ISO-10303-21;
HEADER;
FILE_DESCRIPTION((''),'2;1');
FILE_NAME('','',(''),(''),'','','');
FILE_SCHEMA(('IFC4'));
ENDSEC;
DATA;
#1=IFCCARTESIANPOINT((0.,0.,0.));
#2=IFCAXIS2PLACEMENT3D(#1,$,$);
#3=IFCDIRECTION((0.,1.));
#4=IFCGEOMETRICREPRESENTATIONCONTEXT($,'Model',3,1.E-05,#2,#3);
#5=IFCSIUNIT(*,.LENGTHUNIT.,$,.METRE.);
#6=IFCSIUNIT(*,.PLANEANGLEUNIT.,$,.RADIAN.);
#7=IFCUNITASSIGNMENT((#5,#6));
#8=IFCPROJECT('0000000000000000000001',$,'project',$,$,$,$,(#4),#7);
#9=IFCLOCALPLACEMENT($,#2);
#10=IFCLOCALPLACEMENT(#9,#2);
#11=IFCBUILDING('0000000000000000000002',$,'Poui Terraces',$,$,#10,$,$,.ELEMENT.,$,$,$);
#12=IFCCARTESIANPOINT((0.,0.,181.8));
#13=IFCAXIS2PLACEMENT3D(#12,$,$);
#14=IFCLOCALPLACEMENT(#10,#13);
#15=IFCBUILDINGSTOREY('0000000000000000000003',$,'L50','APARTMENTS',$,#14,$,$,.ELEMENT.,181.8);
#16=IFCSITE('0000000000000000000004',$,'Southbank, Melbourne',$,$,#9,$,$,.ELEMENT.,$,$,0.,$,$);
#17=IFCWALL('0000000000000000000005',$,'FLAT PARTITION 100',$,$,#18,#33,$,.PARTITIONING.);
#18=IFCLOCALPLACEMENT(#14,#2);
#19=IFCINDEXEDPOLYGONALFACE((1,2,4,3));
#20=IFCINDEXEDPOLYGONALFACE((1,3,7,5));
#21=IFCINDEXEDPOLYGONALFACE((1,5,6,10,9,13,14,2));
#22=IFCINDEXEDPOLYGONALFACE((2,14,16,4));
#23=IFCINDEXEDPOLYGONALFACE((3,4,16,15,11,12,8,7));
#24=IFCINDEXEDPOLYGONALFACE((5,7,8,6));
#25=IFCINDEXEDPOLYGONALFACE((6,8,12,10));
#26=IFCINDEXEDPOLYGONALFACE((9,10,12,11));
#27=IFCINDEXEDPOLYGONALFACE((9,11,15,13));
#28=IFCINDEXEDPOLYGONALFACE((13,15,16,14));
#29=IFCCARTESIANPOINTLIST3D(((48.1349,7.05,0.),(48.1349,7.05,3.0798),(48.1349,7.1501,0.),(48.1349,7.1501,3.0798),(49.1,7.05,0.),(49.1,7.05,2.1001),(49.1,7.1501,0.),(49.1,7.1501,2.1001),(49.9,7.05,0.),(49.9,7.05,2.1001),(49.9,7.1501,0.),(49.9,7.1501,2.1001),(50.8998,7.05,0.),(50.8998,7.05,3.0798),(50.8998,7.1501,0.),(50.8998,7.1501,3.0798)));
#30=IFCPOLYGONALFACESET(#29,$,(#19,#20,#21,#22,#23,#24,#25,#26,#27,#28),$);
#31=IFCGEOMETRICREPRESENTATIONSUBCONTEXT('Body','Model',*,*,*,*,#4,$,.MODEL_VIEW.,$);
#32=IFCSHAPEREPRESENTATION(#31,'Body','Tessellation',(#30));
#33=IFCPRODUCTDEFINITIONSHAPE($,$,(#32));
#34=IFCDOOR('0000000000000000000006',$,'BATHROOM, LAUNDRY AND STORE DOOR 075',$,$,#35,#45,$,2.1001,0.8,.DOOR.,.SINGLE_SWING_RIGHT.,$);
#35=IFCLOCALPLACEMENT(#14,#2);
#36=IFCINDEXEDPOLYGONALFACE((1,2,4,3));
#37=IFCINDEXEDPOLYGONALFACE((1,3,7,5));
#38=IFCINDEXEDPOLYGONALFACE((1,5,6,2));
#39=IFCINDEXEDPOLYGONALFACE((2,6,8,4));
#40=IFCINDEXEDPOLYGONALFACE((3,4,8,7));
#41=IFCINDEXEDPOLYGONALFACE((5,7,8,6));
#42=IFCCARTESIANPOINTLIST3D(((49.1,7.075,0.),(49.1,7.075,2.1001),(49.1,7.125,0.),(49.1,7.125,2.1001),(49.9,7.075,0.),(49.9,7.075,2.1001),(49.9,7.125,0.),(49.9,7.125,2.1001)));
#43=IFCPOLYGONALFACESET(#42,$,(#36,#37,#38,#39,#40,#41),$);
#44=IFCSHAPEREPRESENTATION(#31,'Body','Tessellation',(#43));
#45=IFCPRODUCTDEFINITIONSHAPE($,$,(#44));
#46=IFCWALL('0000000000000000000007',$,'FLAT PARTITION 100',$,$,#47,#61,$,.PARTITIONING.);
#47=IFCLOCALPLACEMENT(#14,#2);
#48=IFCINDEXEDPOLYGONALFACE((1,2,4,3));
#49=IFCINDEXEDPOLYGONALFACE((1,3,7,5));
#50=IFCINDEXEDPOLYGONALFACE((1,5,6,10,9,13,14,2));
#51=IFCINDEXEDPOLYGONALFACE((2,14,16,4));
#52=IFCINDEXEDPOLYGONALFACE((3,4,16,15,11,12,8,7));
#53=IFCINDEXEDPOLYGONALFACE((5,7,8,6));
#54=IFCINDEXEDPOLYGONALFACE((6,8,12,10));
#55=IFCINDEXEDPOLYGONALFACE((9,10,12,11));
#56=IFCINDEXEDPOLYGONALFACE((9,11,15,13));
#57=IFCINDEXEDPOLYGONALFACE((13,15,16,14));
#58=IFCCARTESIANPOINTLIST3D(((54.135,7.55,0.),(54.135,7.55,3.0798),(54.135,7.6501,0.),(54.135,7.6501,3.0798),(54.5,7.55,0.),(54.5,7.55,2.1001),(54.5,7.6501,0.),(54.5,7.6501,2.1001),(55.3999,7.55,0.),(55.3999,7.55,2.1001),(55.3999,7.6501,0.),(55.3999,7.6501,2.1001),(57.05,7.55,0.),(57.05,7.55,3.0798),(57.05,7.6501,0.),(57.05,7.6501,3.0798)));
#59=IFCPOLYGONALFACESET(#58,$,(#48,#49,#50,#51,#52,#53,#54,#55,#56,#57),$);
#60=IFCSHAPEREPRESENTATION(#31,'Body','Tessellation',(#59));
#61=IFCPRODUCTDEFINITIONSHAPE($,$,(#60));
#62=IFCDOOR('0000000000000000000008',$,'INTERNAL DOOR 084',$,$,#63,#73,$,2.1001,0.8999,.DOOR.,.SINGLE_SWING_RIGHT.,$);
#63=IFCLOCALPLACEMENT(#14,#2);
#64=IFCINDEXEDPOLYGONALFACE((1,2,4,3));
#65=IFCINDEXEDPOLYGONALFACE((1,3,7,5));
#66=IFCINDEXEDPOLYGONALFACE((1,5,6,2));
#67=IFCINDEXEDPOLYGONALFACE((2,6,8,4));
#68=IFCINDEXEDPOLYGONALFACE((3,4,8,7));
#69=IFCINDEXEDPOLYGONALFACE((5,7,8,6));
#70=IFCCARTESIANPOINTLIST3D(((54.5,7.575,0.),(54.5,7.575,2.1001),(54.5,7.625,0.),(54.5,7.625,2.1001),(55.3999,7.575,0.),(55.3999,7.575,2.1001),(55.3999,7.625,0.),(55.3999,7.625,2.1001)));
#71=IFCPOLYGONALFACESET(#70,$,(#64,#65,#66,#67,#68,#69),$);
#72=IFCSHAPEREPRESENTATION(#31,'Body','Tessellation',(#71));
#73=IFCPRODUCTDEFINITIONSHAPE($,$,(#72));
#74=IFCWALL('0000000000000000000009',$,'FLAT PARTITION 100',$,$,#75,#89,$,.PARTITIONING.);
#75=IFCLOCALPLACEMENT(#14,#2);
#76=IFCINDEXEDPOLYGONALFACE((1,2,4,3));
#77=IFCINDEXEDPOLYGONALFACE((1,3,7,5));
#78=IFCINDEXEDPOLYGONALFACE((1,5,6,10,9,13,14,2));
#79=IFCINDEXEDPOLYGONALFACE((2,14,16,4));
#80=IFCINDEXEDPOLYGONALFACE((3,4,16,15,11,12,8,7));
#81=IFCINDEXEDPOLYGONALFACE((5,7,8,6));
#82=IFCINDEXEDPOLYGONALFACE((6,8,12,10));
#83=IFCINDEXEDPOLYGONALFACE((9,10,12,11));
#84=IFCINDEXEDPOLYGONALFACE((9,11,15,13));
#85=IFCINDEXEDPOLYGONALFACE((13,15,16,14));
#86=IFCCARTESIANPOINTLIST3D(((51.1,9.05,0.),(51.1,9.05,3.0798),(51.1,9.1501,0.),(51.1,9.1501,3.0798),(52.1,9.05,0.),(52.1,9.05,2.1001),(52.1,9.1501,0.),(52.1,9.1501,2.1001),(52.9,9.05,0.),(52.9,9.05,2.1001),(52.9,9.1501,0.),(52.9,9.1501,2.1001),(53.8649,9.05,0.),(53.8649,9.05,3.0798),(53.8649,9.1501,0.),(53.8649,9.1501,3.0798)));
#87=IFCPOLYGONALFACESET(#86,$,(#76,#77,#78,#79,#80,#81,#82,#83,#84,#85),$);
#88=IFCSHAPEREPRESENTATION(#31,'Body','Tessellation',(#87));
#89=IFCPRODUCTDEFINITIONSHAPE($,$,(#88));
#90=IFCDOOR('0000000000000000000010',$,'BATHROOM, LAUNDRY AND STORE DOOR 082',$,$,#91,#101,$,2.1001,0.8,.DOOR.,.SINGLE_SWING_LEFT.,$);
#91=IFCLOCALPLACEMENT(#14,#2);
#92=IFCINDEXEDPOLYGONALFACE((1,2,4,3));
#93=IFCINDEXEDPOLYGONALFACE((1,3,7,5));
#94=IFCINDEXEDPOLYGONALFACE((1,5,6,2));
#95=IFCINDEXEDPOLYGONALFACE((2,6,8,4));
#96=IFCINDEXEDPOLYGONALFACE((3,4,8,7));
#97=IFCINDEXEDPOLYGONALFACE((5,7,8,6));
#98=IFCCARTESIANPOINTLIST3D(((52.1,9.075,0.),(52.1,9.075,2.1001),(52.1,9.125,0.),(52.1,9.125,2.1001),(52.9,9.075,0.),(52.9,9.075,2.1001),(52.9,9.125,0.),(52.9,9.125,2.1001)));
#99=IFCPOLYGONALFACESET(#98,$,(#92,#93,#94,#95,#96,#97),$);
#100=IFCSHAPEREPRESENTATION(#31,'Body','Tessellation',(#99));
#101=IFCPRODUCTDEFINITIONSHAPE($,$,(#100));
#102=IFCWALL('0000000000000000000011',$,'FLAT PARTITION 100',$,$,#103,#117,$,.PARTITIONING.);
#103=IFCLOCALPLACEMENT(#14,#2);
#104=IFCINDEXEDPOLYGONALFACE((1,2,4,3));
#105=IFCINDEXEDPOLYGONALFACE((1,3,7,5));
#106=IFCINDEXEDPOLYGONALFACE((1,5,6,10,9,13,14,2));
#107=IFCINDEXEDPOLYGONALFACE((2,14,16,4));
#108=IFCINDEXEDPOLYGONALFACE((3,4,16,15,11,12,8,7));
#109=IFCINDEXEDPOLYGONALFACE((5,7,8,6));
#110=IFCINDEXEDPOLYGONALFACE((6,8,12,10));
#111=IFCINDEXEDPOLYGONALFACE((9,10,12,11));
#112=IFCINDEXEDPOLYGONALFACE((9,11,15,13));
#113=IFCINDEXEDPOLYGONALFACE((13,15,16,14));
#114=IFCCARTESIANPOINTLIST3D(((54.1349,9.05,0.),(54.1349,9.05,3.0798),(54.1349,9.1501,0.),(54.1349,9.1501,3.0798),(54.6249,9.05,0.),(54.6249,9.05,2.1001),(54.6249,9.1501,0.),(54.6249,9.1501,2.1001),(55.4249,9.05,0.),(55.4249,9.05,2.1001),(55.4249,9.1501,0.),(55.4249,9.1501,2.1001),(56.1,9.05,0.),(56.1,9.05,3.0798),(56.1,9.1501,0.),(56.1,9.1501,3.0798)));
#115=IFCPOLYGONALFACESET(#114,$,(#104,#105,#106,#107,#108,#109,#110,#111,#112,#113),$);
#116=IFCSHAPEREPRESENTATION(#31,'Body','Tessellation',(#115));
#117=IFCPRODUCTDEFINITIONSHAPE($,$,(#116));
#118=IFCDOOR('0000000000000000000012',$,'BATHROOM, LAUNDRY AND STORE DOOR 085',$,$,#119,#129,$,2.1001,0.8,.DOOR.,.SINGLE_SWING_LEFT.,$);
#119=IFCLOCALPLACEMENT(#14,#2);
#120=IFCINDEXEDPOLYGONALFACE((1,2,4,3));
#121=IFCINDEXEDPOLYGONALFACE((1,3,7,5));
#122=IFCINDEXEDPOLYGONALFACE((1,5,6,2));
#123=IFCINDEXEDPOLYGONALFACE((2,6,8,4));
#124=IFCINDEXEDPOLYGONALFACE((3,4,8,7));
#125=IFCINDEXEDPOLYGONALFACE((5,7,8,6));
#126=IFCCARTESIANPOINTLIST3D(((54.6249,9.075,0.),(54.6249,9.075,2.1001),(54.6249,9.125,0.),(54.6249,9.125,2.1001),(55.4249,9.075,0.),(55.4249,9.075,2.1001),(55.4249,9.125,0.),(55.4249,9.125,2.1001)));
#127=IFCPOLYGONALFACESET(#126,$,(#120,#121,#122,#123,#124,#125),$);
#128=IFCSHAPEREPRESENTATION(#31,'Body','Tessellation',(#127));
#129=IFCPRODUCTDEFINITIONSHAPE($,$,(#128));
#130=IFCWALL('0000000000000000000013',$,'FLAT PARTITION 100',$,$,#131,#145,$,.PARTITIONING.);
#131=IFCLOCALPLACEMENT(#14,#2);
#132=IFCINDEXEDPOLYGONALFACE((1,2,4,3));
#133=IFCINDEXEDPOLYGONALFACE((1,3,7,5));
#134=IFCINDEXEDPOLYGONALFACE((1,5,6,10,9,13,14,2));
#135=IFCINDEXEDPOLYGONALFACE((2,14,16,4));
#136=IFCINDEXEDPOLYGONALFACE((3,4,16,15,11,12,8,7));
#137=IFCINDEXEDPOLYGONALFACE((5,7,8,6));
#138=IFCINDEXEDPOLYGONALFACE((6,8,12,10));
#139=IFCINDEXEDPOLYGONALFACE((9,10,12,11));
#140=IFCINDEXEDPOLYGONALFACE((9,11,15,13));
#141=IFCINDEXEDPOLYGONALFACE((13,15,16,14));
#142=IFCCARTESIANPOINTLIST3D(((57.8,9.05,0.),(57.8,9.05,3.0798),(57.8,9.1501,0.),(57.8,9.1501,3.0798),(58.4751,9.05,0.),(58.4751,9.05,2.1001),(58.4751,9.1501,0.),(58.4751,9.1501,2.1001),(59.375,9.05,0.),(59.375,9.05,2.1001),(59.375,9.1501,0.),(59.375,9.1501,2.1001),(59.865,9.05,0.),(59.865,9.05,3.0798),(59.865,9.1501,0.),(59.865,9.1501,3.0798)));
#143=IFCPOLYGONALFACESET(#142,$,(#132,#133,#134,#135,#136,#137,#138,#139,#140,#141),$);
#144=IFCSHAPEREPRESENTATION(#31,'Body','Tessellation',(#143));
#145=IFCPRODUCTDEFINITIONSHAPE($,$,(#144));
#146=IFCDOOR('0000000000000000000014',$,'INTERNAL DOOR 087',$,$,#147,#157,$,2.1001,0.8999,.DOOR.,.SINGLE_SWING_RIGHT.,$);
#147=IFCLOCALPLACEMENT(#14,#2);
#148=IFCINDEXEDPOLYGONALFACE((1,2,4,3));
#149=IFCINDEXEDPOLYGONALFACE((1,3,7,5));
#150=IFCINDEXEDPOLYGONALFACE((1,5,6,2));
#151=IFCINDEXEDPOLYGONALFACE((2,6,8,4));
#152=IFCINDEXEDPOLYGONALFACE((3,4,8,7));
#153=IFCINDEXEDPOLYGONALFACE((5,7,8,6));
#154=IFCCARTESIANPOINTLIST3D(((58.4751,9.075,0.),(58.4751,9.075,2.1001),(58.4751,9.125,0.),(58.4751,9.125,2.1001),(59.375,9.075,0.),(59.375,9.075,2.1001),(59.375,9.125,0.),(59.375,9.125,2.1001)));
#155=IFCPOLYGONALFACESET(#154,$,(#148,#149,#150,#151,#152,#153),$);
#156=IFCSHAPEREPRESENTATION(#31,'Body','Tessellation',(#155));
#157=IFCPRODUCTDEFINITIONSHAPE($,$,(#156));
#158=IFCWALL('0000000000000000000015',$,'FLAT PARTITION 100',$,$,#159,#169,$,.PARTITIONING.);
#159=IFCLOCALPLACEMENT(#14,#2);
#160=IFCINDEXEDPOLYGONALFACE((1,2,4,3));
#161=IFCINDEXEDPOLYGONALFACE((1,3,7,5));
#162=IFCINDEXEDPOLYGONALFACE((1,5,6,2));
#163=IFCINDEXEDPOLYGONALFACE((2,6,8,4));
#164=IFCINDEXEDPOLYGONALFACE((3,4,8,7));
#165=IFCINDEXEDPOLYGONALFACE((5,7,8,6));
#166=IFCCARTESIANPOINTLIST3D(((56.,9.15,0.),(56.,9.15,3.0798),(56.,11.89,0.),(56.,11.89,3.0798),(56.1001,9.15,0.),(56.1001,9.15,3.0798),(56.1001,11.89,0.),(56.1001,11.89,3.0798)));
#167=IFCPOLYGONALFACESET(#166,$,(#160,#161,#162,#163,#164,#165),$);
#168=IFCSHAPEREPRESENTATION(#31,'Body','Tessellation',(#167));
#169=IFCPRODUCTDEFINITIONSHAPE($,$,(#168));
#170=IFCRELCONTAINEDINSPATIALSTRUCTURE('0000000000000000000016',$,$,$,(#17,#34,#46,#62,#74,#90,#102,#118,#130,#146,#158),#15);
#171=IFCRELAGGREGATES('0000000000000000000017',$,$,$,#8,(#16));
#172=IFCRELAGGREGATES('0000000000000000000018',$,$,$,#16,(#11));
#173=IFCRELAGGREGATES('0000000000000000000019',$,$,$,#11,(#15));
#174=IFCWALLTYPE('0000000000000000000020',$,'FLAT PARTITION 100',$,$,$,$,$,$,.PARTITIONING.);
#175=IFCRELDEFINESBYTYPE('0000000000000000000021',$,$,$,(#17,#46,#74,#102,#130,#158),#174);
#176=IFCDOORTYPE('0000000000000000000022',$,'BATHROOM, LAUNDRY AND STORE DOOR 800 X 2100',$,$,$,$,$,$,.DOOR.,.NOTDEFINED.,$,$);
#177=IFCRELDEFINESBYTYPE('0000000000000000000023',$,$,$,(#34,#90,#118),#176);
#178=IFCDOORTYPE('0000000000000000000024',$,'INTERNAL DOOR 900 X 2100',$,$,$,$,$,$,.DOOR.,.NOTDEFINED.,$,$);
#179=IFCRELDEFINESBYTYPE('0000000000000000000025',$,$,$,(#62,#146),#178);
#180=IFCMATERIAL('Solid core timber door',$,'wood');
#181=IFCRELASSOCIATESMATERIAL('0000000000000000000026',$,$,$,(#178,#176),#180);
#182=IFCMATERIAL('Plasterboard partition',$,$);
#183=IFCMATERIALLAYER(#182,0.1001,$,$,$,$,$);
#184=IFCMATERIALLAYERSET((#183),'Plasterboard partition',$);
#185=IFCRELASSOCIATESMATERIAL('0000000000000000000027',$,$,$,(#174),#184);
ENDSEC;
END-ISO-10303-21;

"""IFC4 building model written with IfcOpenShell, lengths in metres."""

from ifc_helpers import new_model, si_unit, direction, frame, frame_2d, origin, place, context, subcontext, project, spatial, rectangle, extrude, material, layer, layer_set, type_object, element, fill, save


model = new_model("IFC4")

# Units and contexts
model_context = context("Model", 3, precision=1e-05, world=origin(), true_north=direction((0.0, 1.0)))
body_context = subcontext(model_context, "Body", "Model", "MODEL_VIEW")
ifc_project = project(units=[si_unit("LENGTHUNIT", "METRE"), si_unit("PLANEANGLEUNIT", "RADIAN")], contexts=[model_context])

# Site, building, storey
site_placement = place(None, origin())
site = spatial("IfcSite", under=ifc_project, at=site_placement, Name="Southbank, Melbourne", CompositionType="ELEMENT", RefElevation=0.0)
building_placement = place(site_placement, origin())
building = spatial("IfcBuilding", under=site, at=building_placement, Name="Poui Terraces", CompositionType="ELEMENT")
storey_placement = place(building_placement, frame((0.0, 0.0, 181.8)))
storey = spatial("IfcBuildingStorey", under=building, at=storey_placement, Name="L50", Description="APARTMENTS", CompositionType="ELEMENT", Elevation=181.8)

# Walls, openings, doors
ifc_material_1 = material(Name="Solid core timber door", Category="wood")
door_type_1 = type_object("IfcDoorType", Name="INTERNAL DOOR 900 X 2100", OperationType="NOTDEFINED", PredefinedType="DOOR", material=ifc_material_1)
ifc_material_2 = material(Name="Plasterboard partition")
ifc_layer_1 = layer(ifc_material_2, 0.1001)
ifc_layer_set_1 = layer_set([ifc_layer_1], Name="Plasterboard partition")
wall_type_1 = type_object("IfcWallType", Name="FLAT PARTITION 100", PredefinedType="PARTITIONING", material=ifc_layer_set_1)
wall_1_placement = place(storey_placement, frame((48.135, 7.1001, 0.0), z_axis=(0.0, 0.0, 1.0), x_axis=(1.0, 0.0, 0.0)))
wall_1 = element("IfcWall", 1, at=wall_1_placement, inside=storey, type_object=wall_type_1, Name="FLAT PARTITION 100", PredefinedType="PARTITIONING", context=body_context, shape_type="SweptSolid", body=[
    extrude(rectangle(XDim=2.7649, YDim=0.1001, at=frame_2d((1.3823, 0.0))), origin(), (0.0, 0.0, 1.0), 3.0798),
])
opening_1_placement = place(wall_1_placement, frame((0.9651, 0.0, 0.0)))
opening_1 = element("IfcOpeningElement", 2, at=opening_1_placement, cuts=wall_1, PredefinedType="OPENING", context=body_context, shape_type="SweptSolid", body=[
    extrude(rectangle(XDim=0.8, YDim=2.1001, at=frame_2d((0.3999, 1.05))), frame((0.0, 0.0601, 0.0), z_axis=(0.0, -1.0, 0.0), x_axis=(1.0, 0.0, 0.0)), (0.0, 0.0, 1.0), 0.1201),
])
door_type_2 = type_object("IfcDoorType", Name="BATHROOM, LAUNDRY AND STORE DOOR 800 X 2100", OperationType="NOTDEFINED", PredefinedType="DOOR", material=ifc_material_1)
door_1_placement = place(opening_1_placement, origin())
door_1 = element("IfcDoor", 3, at=door_1_placement, inside=storey, type_object=door_type_2, Name="BATHROOM, LAUNDRY AND STORE DOOR 075", OperationType="SINGLE_SWING_RIGHT", OverallHeight=2.1001, OverallWidth=0.8, PredefinedType="DOOR", context=body_context, shape_type="SweptSolid", body=[
    extrude(rectangle(XDim=0.8, YDim=2.1001, at=frame_2d((0.3999, 1.05))), frame((0.0, 0.0249, 0.0), z_axis=(0.0, -1.0, 0.0), x_axis=(1.0, 0.0, 0.0)), (0.0, 0.0, 1.0), 0.05),
])
fill(opening_1, door_1)
wall_2_placement = place(storey_placement, frame((54.135, 7.6001, 0.0), z_axis=(0.0, 0.0, 1.0), x_axis=(1.0, 0.0, 0.0)))
wall_2 = element("IfcWall", 4, at=wall_2_placement, inside=storey, type_object=wall_type_1, Name="FLAT PARTITION 100", PredefinedType="PARTITIONING", context=body_context, shape_type="SweptSolid", body=[
    extrude(rectangle(XDim=2.915, YDim=0.1001, at=frame_2d((1.4575, 0.0))), origin(), (0.0, 0.0, 1.0), 3.0798),
])
opening_2_placement = place(wall_2_placement, frame((0.365, 0.0, 0.0)))
opening_2 = element("IfcOpeningElement", 5, at=opening_2_placement, cuts=wall_2, PredefinedType="OPENING", context=body_context, shape_type="SweptSolid", body=[
    extrude(rectangle(XDim=0.8999, YDim=2.1001, at=frame_2d((0.45, 1.05))), frame((0.0, 0.0601, 0.0), z_axis=(0.0, -1.0, 0.0), x_axis=(1.0, 0.0, 0.0)), (0.0, 0.0, 1.0), 0.1201),
])
door_2_placement = place(opening_2_placement, origin())
door_2 = element("IfcDoor", 6, at=door_2_placement, inside=storey, type_object=door_type_1, Name="INTERNAL DOOR 084", OperationType="SINGLE_SWING_RIGHT", OverallHeight=2.1001, OverallWidth=0.8999, PredefinedType="DOOR", context=body_context, shape_type="SweptSolid", body=[
    extrude(rectangle(XDim=0.8999, YDim=2.1001, at=frame_2d((0.45, 1.05))), frame((0.0, 0.0249, 0.0), z_axis=(0.0, -1.0, 0.0), x_axis=(1.0, 0.0, 0.0)), (0.0, 0.0, 1.0), 0.05),
])
fill(opening_2, door_2)
wall_3_placement = place(storey_placement, frame((51.1001, 9.1001, 0.0), z_axis=(0.0, 0.0, 1.0), x_axis=(1.0, 0.0, 0.0)))
wall_3 = element("IfcWall", 7, at=wall_3_placement, inside=storey, type_object=wall_type_1, Name="FLAT PARTITION 100", PredefinedType="PARTITIONING", context=body_context, shape_type="SweptSolid", body=[
    extrude(rectangle(XDim=2.7649, YDim=0.1001, at=frame_2d((1.3823, 0.0))), origin(), (0.0, 0.0, 1.0), 3.0798),
])
opening_3_placement = place(wall_3_placement, frame((1.0, 0.0, 0.0)))
opening_3 = element("IfcOpeningElement", 8, at=opening_3_placement, cuts=wall_3, PredefinedType="OPENING", context=body_context, shape_type="SweptSolid", body=[
    extrude(rectangle(XDim=0.8, YDim=2.1001, at=frame_2d((0.3999, 1.05))), frame((0.0, 0.0601, 0.0), z_axis=(0.0, -1.0, 0.0), x_axis=(1.0, 0.0, 0.0)), (0.0, 0.0, 1.0), 0.1201),
])
door_3_placement = place(opening_3_placement, origin())
door_3 = element("IfcDoor", 9, at=door_3_placement, inside=storey, type_object=door_type_2, Name="BATHROOM, LAUNDRY AND STORE DOOR 082", OperationType="SINGLE_SWING_LEFT", OverallHeight=2.1001, OverallWidth=0.8, PredefinedType="DOOR", context=body_context, shape_type="SweptSolid", body=[
    extrude(rectangle(XDim=0.8, YDim=2.1001, at=frame_2d((0.3999, 1.05))), frame((0.0, 0.0249, 0.0), z_axis=(0.0, -1.0, 0.0), x_axis=(1.0, 0.0, 0.0)), (0.0, 0.0, 1.0), 0.05),
])
fill(opening_3, door_3)
wall_4_placement = place(storey_placement, frame((54.135, 9.1001, 0.0), z_axis=(0.0, 0.0, 1.0), x_axis=(1.0, 0.0, 0.0)))
wall_4 = element("IfcWall", 10, at=wall_4_placement, inside=storey, type_object=wall_type_1, Name="FLAT PARTITION 100", PredefinedType="PARTITIONING", context=body_context, shape_type="SweptSolid", body=[
    extrude(rectangle(XDim=1.9651, YDim=0.1001, at=frame_2d((0.9824, 0.0))), origin(), (0.0, 0.0, 1.0), 3.0798),
])
opening_4_placement = place(wall_4_placement, frame((0.49, 0.0, 0.0)))
opening_4 = element("IfcOpeningElement", 11, at=opening_4_placement, cuts=wall_4, PredefinedType="OPENING", context=body_context, shape_type="SweptSolid", body=[
    extrude(rectangle(XDim=0.8, YDim=2.1001, at=frame_2d((0.3999, 1.05))), frame((0.0, 0.0601, 0.0), z_axis=(0.0, -1.0, 0.0), x_axis=(1.0, 0.0, 0.0)), (0.0, 0.0, 1.0), 0.1201),
])
door_4_placement = place(opening_4_placement, origin())
door_4 = element("IfcDoor", 12, at=door_4_placement, inside=storey, type_object=door_type_2, Name="BATHROOM, LAUNDRY AND STORE DOOR 085", OperationType="SINGLE_SWING_LEFT", OverallHeight=2.1001, OverallWidth=0.8, PredefinedType="DOOR", context=body_context, shape_type="SweptSolid", body=[
    extrude(rectangle(XDim=0.8, YDim=2.1001, at=frame_2d((0.3999, 1.05))), frame((0.0, 0.0249, 0.0), z_axis=(0.0, -1.0, 0.0), x_axis=(1.0, 0.0, 0.0)), (0.0, 0.0, 1.0), 0.05),
])
fill(opening_4, door_4)
wall_5_placement = place(storey_placement, frame((57.8, 9.1001, 0.0), z_axis=(0.0, 0.0, 1.0), x_axis=(1.0, 0.0, 0.0)))
wall_5 = element("IfcWall", 13, at=wall_5_placement, inside=storey, type_object=wall_type_1, Name="FLAT PARTITION 100", PredefinedType="PARTITIONING", context=body_context, shape_type="SweptSolid", body=[
    extrude(rectangle(XDim=2.0649, YDim=0.1001, at=frame_2d((1.0325, 0.0))), origin(), (0.0, 0.0, 1.0), 3.0798),
])
opening_5_placement = place(wall_5_placement, frame((0.675, 0.0, 0.0)))
opening_5 = element("IfcOpeningElement", 14, at=opening_5_placement, cuts=wall_5, PredefinedType="OPENING", context=body_context, shape_type="SweptSolid", body=[
    extrude(rectangle(XDim=0.8999, YDim=2.1001, at=frame_2d((0.45, 1.05))), frame((0.0, 0.0601, 0.0), z_axis=(0.0, -1.0, 0.0), x_axis=(1.0, 0.0, 0.0)), (0.0, 0.0, 1.0), 0.1201),
])
door_5_placement = place(opening_5_placement, origin())
door_5 = element("IfcDoor", 15, at=door_5_placement, inside=storey, type_object=door_type_1, Name="INTERNAL DOOR 087", OperationType="SINGLE_SWING_RIGHT", OverallHeight=2.1001, OverallWidth=0.8999, PredefinedType="DOOR", context=body_context, shape_type="SweptSolid", body=[
    extrude(rectangle(XDim=0.8999, YDim=2.1001, at=frame_2d((0.45, 1.05))), frame((0.0, 0.0249, 0.0), z_axis=(0.0, -1.0, 0.0), x_axis=(1.0, 0.0, 0.0)), (0.0, 0.0, 1.0), 0.05),
])
fill(opening_5, door_5)

# Wall
wall_6_placement = place(storey_placement, frame((56.05, 9.1499, 0.0), z_axis=(0.0, 0.0, 1.0), x_axis=(0.0, 1.0, 0.0)))
element("IfcWall", 16, at=wall_6_placement, inside=storey, type_object=wall_type_1, Name="FLAT PARTITION 100", PredefinedType="PARTITIONING", context=body_context, shape_type="SweptSolid", body=[
    extrude(rectangle(XDim=2.74, YDim=0.1001, at=frame_2d((1.3701, 0.0))), origin(), (0.0, 0.0, 1.0), 3.0798),
])

save(model, "model.ifc")
